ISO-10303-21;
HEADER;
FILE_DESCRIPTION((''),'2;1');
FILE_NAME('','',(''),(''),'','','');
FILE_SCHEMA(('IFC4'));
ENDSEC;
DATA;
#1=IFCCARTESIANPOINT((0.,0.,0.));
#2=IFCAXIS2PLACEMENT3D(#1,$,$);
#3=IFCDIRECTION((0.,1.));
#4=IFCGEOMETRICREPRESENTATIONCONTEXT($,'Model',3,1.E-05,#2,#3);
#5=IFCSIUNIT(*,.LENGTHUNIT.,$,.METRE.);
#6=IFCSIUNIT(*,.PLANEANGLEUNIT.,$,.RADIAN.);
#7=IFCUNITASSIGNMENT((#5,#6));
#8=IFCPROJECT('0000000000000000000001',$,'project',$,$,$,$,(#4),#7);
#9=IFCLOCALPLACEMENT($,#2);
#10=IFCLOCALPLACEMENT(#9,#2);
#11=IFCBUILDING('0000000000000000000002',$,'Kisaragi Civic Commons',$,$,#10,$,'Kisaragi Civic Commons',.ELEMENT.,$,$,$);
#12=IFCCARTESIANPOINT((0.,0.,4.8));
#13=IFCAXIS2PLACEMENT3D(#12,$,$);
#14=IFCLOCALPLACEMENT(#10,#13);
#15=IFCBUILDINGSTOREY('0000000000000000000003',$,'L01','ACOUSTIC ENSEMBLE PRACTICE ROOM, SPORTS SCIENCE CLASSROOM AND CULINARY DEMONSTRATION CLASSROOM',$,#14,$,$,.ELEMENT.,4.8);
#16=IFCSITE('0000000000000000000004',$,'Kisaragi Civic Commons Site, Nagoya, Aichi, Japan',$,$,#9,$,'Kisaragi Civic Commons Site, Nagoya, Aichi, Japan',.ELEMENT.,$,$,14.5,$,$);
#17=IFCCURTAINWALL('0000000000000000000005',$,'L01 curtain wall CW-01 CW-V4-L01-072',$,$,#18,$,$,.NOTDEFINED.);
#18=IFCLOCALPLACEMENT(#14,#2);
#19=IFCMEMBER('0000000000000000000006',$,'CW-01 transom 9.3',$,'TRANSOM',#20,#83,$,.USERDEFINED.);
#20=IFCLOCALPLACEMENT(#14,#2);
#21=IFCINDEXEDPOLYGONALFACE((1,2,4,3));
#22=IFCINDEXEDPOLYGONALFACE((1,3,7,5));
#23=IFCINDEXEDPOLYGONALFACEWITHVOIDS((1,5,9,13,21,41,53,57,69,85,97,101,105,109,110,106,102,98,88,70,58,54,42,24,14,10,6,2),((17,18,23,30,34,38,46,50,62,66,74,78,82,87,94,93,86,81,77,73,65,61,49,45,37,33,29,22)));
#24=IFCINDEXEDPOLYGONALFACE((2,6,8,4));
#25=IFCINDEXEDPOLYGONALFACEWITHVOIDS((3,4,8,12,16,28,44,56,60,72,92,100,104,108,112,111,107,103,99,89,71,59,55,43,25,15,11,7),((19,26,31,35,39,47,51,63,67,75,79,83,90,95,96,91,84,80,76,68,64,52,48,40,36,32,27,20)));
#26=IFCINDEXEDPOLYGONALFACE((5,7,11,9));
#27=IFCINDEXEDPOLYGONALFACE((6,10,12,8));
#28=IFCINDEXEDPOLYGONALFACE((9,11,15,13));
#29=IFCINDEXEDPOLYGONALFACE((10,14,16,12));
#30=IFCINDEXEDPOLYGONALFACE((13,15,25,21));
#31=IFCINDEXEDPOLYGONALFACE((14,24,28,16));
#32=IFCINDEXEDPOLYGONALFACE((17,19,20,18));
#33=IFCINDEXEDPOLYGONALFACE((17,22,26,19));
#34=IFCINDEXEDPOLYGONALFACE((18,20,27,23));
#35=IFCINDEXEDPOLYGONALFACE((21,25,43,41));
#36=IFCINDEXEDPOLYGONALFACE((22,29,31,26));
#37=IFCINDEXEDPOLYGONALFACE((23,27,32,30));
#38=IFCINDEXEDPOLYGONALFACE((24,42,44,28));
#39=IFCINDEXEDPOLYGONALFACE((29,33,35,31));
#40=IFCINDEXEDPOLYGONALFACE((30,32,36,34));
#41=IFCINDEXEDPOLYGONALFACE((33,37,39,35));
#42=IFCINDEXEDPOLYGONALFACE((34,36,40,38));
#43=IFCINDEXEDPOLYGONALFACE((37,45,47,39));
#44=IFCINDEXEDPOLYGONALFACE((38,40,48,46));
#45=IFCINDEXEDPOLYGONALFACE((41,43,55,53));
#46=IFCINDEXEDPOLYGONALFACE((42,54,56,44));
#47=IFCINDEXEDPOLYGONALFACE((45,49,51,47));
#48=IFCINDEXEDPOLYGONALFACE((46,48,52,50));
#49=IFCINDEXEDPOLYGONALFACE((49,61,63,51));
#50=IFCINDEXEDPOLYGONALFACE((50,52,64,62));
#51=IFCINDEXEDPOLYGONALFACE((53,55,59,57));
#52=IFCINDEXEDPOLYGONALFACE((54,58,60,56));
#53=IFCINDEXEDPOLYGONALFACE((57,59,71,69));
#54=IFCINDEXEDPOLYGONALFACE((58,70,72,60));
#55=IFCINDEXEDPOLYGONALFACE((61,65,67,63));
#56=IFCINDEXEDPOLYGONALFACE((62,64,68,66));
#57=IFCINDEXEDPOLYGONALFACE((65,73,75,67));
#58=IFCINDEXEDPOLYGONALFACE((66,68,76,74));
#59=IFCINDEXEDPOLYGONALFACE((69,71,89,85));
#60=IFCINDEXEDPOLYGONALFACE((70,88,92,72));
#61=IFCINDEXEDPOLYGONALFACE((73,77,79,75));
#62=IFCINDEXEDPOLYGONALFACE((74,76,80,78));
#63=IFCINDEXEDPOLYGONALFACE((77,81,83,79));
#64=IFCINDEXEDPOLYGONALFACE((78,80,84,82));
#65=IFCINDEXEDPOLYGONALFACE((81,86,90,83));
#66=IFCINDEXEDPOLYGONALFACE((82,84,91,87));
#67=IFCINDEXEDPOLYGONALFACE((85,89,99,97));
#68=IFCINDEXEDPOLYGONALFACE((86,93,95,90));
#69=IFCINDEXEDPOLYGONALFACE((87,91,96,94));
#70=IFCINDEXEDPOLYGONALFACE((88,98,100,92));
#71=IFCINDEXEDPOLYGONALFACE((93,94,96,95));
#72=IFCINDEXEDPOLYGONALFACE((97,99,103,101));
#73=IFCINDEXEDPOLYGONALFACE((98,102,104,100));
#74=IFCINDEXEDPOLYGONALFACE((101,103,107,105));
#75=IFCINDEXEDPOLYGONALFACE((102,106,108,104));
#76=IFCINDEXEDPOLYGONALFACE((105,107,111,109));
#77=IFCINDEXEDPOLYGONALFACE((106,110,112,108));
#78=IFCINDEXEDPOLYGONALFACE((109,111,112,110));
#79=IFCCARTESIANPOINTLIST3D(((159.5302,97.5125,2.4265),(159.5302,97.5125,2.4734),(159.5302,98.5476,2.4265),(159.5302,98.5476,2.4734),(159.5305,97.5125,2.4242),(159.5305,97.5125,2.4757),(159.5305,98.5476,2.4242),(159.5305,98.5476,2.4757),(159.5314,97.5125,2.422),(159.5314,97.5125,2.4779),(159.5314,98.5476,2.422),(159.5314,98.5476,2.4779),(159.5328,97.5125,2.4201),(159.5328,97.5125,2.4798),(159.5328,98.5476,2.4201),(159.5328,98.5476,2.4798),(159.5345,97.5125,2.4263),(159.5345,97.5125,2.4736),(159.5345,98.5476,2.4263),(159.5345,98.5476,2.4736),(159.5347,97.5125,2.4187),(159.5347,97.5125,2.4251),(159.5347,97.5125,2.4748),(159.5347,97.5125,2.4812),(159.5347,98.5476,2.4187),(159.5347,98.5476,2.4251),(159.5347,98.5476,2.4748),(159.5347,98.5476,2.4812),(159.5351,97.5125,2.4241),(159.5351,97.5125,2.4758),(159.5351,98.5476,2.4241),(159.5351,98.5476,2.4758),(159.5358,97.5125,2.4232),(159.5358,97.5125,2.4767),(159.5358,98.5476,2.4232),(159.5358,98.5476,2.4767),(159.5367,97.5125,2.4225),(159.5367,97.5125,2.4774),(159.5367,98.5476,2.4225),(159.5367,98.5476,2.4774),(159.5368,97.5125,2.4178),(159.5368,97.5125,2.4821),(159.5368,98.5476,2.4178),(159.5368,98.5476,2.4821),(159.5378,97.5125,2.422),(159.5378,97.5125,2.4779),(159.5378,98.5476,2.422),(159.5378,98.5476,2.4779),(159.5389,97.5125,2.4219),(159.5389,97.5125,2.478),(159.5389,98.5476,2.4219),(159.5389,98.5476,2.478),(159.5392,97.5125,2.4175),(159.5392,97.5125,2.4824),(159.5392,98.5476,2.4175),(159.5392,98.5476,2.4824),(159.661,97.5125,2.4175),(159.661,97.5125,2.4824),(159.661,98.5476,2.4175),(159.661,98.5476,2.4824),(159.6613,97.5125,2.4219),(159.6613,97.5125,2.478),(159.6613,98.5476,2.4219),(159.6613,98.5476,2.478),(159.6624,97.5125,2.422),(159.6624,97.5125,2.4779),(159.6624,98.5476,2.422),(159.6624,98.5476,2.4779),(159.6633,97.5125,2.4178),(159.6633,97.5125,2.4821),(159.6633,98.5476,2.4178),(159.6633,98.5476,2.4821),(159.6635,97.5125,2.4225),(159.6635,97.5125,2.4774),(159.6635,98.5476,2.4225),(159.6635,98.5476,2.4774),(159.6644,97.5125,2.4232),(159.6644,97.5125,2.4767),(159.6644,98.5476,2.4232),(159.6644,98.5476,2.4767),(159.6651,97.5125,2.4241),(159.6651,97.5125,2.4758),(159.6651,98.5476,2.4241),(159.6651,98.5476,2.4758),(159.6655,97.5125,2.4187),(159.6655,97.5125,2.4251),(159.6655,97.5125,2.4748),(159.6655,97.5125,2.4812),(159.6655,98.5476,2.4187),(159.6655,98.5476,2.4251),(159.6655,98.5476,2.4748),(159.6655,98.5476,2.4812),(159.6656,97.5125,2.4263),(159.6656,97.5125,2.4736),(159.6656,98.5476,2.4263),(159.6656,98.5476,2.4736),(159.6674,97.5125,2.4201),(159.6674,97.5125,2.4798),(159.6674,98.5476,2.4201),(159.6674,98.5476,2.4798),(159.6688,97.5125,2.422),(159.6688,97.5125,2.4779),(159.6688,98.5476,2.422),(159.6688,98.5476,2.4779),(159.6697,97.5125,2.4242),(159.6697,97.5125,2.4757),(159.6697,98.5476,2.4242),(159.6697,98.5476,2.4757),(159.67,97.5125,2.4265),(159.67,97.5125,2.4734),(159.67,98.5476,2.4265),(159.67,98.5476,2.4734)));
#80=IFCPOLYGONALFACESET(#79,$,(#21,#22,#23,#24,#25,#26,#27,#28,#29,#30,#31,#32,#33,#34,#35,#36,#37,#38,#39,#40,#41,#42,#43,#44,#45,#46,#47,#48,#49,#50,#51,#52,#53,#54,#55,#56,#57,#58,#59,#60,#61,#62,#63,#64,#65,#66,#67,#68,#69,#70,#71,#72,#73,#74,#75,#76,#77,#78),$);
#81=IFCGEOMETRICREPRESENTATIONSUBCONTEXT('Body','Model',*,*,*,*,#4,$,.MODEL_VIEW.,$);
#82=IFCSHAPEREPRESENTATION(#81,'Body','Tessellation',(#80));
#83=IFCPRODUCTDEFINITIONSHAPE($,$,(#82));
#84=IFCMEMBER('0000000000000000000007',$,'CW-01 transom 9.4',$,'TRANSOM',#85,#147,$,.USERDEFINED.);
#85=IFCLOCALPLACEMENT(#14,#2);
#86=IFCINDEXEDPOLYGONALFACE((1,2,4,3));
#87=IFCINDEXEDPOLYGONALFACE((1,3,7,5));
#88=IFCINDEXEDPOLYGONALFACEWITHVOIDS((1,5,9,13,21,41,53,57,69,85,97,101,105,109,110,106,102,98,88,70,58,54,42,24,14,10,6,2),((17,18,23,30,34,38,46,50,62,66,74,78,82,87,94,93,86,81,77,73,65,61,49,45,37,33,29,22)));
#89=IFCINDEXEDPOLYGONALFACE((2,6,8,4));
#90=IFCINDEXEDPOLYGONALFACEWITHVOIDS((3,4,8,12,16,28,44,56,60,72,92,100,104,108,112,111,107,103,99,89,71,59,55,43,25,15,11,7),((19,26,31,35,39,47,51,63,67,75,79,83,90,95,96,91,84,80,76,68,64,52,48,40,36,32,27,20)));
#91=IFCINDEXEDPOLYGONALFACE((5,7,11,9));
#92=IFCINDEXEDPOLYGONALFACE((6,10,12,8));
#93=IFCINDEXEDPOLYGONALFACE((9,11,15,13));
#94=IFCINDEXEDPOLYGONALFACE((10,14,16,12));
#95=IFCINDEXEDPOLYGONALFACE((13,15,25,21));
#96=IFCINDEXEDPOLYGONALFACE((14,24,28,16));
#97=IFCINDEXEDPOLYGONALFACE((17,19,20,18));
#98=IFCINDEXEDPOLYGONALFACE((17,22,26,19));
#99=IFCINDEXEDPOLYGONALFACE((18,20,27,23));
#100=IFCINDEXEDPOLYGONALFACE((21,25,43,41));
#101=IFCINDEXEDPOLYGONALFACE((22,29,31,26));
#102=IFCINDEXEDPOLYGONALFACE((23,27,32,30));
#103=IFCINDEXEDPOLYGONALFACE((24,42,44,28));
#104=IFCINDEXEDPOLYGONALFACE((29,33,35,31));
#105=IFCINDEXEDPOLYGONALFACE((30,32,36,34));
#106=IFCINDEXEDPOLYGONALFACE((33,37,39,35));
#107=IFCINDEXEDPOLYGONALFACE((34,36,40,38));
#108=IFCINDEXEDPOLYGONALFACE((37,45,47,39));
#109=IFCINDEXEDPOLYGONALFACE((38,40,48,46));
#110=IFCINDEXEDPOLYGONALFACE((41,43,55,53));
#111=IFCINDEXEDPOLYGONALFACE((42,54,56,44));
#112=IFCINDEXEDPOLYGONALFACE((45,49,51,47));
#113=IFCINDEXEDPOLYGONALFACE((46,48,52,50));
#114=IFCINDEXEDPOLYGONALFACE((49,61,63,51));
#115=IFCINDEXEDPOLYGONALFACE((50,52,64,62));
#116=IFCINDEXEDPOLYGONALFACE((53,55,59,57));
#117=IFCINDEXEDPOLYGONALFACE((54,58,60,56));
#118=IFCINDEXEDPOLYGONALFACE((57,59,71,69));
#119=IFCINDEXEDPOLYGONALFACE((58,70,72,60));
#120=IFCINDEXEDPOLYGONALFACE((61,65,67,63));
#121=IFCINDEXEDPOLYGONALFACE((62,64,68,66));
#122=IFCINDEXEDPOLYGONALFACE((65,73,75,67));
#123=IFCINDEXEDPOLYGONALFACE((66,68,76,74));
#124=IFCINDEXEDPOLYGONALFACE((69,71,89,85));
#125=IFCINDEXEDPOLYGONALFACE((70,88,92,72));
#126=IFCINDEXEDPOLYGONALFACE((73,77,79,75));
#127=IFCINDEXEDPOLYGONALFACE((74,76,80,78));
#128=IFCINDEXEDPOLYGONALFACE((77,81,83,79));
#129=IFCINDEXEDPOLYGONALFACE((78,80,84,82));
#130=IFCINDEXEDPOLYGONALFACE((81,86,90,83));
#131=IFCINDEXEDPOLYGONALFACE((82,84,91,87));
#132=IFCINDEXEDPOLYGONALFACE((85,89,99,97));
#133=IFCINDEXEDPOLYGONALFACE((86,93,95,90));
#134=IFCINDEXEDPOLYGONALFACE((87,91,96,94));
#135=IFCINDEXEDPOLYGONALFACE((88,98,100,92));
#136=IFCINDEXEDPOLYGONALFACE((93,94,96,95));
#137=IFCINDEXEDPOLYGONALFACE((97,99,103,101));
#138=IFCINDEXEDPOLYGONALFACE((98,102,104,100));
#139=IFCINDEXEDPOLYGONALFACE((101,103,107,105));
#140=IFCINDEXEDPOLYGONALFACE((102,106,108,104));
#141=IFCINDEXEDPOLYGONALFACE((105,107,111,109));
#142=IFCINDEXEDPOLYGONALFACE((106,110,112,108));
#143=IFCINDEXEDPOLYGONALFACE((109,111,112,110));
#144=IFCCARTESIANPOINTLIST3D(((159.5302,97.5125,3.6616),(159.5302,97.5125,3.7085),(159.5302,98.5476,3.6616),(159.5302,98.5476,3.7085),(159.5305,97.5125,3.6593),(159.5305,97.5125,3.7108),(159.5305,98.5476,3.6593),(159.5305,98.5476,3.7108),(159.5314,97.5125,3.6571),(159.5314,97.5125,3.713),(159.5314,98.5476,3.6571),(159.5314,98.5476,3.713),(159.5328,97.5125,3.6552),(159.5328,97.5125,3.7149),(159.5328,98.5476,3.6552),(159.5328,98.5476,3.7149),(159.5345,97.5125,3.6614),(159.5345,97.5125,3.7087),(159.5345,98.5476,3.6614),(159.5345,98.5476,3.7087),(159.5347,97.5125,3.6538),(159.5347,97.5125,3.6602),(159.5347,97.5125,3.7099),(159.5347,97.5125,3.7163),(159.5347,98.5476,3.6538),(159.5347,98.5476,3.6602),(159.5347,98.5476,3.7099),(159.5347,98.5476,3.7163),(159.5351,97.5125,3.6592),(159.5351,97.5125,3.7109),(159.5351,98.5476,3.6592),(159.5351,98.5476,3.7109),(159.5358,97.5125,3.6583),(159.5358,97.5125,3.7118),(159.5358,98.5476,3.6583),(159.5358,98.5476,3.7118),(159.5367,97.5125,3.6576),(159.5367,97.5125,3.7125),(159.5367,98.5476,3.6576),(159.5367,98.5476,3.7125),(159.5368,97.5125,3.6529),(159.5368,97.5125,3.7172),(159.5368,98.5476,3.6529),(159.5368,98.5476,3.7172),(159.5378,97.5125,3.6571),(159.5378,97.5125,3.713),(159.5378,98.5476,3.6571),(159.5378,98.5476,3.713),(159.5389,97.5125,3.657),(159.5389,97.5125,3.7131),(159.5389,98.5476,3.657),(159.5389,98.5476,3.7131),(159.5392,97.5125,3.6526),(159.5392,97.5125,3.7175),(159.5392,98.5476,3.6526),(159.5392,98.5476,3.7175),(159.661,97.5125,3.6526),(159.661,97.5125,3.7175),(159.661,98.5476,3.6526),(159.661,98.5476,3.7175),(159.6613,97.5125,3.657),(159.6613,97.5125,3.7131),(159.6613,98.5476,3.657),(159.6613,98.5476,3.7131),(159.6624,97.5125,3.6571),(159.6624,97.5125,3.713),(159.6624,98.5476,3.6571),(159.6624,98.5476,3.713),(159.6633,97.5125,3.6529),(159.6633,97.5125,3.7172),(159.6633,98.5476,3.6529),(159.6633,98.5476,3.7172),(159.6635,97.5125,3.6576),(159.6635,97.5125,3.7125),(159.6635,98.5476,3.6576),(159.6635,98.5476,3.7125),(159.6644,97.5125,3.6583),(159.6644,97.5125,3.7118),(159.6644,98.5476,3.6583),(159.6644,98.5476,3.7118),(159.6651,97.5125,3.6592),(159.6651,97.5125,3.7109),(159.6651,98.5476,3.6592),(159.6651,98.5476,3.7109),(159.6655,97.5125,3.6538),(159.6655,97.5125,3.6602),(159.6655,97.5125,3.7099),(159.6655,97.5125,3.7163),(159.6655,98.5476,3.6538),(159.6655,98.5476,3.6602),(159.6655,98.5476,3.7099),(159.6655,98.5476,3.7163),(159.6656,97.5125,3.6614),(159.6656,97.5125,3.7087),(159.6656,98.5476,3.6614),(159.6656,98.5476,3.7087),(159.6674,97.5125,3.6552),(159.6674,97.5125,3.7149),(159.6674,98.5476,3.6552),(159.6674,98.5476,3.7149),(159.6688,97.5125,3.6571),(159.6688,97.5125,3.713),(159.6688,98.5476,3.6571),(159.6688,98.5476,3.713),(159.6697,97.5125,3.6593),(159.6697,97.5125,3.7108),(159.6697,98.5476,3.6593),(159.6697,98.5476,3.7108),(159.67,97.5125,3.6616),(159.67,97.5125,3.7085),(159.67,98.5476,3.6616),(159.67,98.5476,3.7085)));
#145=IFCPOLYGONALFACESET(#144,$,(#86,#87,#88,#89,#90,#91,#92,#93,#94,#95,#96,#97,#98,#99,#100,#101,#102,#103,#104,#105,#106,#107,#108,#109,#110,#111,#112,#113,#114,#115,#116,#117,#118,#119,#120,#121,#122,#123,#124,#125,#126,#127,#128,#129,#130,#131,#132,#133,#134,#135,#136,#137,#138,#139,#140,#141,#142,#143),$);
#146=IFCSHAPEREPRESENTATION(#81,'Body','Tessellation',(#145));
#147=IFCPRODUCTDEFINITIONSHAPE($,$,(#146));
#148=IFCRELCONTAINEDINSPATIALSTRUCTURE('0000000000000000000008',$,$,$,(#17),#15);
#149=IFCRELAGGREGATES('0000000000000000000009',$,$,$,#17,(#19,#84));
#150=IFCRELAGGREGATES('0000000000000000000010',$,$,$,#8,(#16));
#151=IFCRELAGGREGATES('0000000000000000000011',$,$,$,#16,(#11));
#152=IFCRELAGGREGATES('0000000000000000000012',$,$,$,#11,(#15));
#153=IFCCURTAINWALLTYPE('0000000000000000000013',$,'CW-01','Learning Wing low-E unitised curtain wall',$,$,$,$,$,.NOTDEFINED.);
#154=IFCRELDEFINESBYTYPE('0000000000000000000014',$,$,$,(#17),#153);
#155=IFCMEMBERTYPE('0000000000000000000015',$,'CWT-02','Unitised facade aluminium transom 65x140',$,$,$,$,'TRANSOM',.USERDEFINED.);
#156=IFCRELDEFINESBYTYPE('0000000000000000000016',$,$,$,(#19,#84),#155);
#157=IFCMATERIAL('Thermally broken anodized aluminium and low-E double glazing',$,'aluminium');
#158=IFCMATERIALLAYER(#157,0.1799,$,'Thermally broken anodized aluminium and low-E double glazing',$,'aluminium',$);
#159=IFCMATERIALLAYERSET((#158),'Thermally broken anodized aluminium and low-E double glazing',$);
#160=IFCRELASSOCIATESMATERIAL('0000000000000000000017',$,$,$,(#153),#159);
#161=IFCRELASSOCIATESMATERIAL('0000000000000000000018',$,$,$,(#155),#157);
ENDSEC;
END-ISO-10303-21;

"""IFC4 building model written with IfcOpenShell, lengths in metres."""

from ifc_helpers import new_model, si_unit, direction, frame, origin, origin_2d, place, context, subcontext, project, spatial, hollow_rectangle, extrude, material, layer, layer_set, material_profile, profile_set, type_object, element, aggregate, save


model = new_model("IFC4")

# Units and contexts
model_context = context("Model", 3, precision=1e-05, world=origin(), true_north=direction((0.0, 1.0)))
body_context = subcontext(model_context, "Body", "Model", "MODEL_VIEW")
ifc_project = project(units=[si_unit("LENGTHUNIT", "METRE"), si_unit("PLANEANGLEUNIT", "RADIAN")], contexts=[model_context])

# Site, building, storey
site_placement = place(None, origin())
site = spatial("IfcSite", under=ifc_project, at=site_placement, Name="Kisaragi Civic Commons Site, Nagoya, Aichi, Japan", LongName="Kisaragi Civic Commons Site, Nagoya, Aichi, Japan", CompositionType="ELEMENT", RefElevation=14.5)
building_placement = place(site_placement, origin())
building = spatial("IfcBuilding", under=site, at=building_placement, Name="Kisaragi Civic Commons", LongName="Kisaragi Civic Commons", CompositionType="ELEMENT")
storey_placement = place(building_placement, frame((0.0, 0.0, 4.8)))
storey = spatial("IfcBuildingStorey", under=building, at=storey_placement, Name="L01", Description="ACOUSTIC ENSEMBLE PRACTICE ROOM, SPORTS SCIENCE CLASSROOM AND CULINARY DEMONSTRATION CLASSROOM", CompositionType="ELEMENT", Elevation=4.8)

# Curtain wall, members
ifc_material = material(Name="Thermally broken anodized aluminium and low-E double glazing", Category="aluminium")
ifc_layer_1 = layer(ifc_material, 0.1799, Name="Thermally broken anodized aluminium and low-E double glazing", Category="aluminium")
ifc_layer_set_1 = layer_set([ifc_layer_1], Name="Thermally broken anodized aluminium and low-E double glazing")
curtain_wall_type = type_object("IfcCurtainWallType", Name="CW-01", Description="Learning Wing low-E unitised curtain wall", PredefinedType="NOTDEFINED", material=ifc_layer_set_1)
curtain_wall_placement = place(storey_placement, origin())
curtain_wall = element("IfcCurtainWall", 1, at=curtain_wall_placement, inside=storey, type_object=curtain_wall_type, Name="L01 curtain wall CW-01 CW-V4-L01-072", PredefinedType="NOTDEFINED")
ifc_material_profile_1 = material_profile(ifc_material, hollow_rectangle(XDim=0.1399, YDim=0.0649, WallThickness=0.0044, InnerFilletRadius=0.0044, OuterFilletRadius=0.009, at=origin_2d()), Name="CWT-65x140x4.5", Category="aluminium")
ifc_profile_set_1 = profile_set([ifc_material_profile_1], Name="Thermally broken anodized aluminium and low-E double glazing")
member_type_1 = type_object("IfcMemberType", Name="CWT-02", Description="Unitised facade aluminium transom 65x140", ElementType="TRANSOM", PredefinedType="USERDEFINED", material=ifc_profile_set_1)
member_1_placement = place(storey_placement, frame((159.6001, 98.5476, 2.45), z_axis=(0.0, -1.0, 0.0), x_axis=(1.0, 0.0, 0.0)))
member_1 = element("IfcMember", 2, at=member_1_placement, type_object=member_type_1, Name="CW-01 transom 9.3", ObjectType="TRANSOM", PredefinedType="USERDEFINED", context=body_context, shape_type="SweptSolid", body=[
    extrude(hollow_rectangle(XDim=0.1399, YDim=0.0649, WallThickness=0.0044, InnerFilletRadius=0.0044, OuterFilletRadius=0.009, at=origin_2d()), origin(), (0.0, 0.0, 1.0), 1.0352),
])
member_2_placement = place(storey_placement, frame((159.6001, 98.5476, 3.6851), z_axis=(0.0, -1.0, 0.0), x_axis=(1.0, 0.0, 0.0)))
member_2 = element("IfcMember", 3, at=member_2_placement, type_object=member_type_1, Name="CW-01 transom 9.4", ObjectType="TRANSOM", PredefinedType="USERDEFINED", context=body_context, shape_type="SweptSolid", body=[
    extrude(hollow_rectangle(XDim=0.1399, YDim=0.0649, WallThickness=0.0044, InnerFilletRadius=0.0044, OuterFilletRadius=0.009, at=origin_2d()), origin(), (0.0, 0.0, 1.0), 1.0352),
])
aggregate(curtain_wall, [member_1, member_2])

save(model, "model.ifc")
